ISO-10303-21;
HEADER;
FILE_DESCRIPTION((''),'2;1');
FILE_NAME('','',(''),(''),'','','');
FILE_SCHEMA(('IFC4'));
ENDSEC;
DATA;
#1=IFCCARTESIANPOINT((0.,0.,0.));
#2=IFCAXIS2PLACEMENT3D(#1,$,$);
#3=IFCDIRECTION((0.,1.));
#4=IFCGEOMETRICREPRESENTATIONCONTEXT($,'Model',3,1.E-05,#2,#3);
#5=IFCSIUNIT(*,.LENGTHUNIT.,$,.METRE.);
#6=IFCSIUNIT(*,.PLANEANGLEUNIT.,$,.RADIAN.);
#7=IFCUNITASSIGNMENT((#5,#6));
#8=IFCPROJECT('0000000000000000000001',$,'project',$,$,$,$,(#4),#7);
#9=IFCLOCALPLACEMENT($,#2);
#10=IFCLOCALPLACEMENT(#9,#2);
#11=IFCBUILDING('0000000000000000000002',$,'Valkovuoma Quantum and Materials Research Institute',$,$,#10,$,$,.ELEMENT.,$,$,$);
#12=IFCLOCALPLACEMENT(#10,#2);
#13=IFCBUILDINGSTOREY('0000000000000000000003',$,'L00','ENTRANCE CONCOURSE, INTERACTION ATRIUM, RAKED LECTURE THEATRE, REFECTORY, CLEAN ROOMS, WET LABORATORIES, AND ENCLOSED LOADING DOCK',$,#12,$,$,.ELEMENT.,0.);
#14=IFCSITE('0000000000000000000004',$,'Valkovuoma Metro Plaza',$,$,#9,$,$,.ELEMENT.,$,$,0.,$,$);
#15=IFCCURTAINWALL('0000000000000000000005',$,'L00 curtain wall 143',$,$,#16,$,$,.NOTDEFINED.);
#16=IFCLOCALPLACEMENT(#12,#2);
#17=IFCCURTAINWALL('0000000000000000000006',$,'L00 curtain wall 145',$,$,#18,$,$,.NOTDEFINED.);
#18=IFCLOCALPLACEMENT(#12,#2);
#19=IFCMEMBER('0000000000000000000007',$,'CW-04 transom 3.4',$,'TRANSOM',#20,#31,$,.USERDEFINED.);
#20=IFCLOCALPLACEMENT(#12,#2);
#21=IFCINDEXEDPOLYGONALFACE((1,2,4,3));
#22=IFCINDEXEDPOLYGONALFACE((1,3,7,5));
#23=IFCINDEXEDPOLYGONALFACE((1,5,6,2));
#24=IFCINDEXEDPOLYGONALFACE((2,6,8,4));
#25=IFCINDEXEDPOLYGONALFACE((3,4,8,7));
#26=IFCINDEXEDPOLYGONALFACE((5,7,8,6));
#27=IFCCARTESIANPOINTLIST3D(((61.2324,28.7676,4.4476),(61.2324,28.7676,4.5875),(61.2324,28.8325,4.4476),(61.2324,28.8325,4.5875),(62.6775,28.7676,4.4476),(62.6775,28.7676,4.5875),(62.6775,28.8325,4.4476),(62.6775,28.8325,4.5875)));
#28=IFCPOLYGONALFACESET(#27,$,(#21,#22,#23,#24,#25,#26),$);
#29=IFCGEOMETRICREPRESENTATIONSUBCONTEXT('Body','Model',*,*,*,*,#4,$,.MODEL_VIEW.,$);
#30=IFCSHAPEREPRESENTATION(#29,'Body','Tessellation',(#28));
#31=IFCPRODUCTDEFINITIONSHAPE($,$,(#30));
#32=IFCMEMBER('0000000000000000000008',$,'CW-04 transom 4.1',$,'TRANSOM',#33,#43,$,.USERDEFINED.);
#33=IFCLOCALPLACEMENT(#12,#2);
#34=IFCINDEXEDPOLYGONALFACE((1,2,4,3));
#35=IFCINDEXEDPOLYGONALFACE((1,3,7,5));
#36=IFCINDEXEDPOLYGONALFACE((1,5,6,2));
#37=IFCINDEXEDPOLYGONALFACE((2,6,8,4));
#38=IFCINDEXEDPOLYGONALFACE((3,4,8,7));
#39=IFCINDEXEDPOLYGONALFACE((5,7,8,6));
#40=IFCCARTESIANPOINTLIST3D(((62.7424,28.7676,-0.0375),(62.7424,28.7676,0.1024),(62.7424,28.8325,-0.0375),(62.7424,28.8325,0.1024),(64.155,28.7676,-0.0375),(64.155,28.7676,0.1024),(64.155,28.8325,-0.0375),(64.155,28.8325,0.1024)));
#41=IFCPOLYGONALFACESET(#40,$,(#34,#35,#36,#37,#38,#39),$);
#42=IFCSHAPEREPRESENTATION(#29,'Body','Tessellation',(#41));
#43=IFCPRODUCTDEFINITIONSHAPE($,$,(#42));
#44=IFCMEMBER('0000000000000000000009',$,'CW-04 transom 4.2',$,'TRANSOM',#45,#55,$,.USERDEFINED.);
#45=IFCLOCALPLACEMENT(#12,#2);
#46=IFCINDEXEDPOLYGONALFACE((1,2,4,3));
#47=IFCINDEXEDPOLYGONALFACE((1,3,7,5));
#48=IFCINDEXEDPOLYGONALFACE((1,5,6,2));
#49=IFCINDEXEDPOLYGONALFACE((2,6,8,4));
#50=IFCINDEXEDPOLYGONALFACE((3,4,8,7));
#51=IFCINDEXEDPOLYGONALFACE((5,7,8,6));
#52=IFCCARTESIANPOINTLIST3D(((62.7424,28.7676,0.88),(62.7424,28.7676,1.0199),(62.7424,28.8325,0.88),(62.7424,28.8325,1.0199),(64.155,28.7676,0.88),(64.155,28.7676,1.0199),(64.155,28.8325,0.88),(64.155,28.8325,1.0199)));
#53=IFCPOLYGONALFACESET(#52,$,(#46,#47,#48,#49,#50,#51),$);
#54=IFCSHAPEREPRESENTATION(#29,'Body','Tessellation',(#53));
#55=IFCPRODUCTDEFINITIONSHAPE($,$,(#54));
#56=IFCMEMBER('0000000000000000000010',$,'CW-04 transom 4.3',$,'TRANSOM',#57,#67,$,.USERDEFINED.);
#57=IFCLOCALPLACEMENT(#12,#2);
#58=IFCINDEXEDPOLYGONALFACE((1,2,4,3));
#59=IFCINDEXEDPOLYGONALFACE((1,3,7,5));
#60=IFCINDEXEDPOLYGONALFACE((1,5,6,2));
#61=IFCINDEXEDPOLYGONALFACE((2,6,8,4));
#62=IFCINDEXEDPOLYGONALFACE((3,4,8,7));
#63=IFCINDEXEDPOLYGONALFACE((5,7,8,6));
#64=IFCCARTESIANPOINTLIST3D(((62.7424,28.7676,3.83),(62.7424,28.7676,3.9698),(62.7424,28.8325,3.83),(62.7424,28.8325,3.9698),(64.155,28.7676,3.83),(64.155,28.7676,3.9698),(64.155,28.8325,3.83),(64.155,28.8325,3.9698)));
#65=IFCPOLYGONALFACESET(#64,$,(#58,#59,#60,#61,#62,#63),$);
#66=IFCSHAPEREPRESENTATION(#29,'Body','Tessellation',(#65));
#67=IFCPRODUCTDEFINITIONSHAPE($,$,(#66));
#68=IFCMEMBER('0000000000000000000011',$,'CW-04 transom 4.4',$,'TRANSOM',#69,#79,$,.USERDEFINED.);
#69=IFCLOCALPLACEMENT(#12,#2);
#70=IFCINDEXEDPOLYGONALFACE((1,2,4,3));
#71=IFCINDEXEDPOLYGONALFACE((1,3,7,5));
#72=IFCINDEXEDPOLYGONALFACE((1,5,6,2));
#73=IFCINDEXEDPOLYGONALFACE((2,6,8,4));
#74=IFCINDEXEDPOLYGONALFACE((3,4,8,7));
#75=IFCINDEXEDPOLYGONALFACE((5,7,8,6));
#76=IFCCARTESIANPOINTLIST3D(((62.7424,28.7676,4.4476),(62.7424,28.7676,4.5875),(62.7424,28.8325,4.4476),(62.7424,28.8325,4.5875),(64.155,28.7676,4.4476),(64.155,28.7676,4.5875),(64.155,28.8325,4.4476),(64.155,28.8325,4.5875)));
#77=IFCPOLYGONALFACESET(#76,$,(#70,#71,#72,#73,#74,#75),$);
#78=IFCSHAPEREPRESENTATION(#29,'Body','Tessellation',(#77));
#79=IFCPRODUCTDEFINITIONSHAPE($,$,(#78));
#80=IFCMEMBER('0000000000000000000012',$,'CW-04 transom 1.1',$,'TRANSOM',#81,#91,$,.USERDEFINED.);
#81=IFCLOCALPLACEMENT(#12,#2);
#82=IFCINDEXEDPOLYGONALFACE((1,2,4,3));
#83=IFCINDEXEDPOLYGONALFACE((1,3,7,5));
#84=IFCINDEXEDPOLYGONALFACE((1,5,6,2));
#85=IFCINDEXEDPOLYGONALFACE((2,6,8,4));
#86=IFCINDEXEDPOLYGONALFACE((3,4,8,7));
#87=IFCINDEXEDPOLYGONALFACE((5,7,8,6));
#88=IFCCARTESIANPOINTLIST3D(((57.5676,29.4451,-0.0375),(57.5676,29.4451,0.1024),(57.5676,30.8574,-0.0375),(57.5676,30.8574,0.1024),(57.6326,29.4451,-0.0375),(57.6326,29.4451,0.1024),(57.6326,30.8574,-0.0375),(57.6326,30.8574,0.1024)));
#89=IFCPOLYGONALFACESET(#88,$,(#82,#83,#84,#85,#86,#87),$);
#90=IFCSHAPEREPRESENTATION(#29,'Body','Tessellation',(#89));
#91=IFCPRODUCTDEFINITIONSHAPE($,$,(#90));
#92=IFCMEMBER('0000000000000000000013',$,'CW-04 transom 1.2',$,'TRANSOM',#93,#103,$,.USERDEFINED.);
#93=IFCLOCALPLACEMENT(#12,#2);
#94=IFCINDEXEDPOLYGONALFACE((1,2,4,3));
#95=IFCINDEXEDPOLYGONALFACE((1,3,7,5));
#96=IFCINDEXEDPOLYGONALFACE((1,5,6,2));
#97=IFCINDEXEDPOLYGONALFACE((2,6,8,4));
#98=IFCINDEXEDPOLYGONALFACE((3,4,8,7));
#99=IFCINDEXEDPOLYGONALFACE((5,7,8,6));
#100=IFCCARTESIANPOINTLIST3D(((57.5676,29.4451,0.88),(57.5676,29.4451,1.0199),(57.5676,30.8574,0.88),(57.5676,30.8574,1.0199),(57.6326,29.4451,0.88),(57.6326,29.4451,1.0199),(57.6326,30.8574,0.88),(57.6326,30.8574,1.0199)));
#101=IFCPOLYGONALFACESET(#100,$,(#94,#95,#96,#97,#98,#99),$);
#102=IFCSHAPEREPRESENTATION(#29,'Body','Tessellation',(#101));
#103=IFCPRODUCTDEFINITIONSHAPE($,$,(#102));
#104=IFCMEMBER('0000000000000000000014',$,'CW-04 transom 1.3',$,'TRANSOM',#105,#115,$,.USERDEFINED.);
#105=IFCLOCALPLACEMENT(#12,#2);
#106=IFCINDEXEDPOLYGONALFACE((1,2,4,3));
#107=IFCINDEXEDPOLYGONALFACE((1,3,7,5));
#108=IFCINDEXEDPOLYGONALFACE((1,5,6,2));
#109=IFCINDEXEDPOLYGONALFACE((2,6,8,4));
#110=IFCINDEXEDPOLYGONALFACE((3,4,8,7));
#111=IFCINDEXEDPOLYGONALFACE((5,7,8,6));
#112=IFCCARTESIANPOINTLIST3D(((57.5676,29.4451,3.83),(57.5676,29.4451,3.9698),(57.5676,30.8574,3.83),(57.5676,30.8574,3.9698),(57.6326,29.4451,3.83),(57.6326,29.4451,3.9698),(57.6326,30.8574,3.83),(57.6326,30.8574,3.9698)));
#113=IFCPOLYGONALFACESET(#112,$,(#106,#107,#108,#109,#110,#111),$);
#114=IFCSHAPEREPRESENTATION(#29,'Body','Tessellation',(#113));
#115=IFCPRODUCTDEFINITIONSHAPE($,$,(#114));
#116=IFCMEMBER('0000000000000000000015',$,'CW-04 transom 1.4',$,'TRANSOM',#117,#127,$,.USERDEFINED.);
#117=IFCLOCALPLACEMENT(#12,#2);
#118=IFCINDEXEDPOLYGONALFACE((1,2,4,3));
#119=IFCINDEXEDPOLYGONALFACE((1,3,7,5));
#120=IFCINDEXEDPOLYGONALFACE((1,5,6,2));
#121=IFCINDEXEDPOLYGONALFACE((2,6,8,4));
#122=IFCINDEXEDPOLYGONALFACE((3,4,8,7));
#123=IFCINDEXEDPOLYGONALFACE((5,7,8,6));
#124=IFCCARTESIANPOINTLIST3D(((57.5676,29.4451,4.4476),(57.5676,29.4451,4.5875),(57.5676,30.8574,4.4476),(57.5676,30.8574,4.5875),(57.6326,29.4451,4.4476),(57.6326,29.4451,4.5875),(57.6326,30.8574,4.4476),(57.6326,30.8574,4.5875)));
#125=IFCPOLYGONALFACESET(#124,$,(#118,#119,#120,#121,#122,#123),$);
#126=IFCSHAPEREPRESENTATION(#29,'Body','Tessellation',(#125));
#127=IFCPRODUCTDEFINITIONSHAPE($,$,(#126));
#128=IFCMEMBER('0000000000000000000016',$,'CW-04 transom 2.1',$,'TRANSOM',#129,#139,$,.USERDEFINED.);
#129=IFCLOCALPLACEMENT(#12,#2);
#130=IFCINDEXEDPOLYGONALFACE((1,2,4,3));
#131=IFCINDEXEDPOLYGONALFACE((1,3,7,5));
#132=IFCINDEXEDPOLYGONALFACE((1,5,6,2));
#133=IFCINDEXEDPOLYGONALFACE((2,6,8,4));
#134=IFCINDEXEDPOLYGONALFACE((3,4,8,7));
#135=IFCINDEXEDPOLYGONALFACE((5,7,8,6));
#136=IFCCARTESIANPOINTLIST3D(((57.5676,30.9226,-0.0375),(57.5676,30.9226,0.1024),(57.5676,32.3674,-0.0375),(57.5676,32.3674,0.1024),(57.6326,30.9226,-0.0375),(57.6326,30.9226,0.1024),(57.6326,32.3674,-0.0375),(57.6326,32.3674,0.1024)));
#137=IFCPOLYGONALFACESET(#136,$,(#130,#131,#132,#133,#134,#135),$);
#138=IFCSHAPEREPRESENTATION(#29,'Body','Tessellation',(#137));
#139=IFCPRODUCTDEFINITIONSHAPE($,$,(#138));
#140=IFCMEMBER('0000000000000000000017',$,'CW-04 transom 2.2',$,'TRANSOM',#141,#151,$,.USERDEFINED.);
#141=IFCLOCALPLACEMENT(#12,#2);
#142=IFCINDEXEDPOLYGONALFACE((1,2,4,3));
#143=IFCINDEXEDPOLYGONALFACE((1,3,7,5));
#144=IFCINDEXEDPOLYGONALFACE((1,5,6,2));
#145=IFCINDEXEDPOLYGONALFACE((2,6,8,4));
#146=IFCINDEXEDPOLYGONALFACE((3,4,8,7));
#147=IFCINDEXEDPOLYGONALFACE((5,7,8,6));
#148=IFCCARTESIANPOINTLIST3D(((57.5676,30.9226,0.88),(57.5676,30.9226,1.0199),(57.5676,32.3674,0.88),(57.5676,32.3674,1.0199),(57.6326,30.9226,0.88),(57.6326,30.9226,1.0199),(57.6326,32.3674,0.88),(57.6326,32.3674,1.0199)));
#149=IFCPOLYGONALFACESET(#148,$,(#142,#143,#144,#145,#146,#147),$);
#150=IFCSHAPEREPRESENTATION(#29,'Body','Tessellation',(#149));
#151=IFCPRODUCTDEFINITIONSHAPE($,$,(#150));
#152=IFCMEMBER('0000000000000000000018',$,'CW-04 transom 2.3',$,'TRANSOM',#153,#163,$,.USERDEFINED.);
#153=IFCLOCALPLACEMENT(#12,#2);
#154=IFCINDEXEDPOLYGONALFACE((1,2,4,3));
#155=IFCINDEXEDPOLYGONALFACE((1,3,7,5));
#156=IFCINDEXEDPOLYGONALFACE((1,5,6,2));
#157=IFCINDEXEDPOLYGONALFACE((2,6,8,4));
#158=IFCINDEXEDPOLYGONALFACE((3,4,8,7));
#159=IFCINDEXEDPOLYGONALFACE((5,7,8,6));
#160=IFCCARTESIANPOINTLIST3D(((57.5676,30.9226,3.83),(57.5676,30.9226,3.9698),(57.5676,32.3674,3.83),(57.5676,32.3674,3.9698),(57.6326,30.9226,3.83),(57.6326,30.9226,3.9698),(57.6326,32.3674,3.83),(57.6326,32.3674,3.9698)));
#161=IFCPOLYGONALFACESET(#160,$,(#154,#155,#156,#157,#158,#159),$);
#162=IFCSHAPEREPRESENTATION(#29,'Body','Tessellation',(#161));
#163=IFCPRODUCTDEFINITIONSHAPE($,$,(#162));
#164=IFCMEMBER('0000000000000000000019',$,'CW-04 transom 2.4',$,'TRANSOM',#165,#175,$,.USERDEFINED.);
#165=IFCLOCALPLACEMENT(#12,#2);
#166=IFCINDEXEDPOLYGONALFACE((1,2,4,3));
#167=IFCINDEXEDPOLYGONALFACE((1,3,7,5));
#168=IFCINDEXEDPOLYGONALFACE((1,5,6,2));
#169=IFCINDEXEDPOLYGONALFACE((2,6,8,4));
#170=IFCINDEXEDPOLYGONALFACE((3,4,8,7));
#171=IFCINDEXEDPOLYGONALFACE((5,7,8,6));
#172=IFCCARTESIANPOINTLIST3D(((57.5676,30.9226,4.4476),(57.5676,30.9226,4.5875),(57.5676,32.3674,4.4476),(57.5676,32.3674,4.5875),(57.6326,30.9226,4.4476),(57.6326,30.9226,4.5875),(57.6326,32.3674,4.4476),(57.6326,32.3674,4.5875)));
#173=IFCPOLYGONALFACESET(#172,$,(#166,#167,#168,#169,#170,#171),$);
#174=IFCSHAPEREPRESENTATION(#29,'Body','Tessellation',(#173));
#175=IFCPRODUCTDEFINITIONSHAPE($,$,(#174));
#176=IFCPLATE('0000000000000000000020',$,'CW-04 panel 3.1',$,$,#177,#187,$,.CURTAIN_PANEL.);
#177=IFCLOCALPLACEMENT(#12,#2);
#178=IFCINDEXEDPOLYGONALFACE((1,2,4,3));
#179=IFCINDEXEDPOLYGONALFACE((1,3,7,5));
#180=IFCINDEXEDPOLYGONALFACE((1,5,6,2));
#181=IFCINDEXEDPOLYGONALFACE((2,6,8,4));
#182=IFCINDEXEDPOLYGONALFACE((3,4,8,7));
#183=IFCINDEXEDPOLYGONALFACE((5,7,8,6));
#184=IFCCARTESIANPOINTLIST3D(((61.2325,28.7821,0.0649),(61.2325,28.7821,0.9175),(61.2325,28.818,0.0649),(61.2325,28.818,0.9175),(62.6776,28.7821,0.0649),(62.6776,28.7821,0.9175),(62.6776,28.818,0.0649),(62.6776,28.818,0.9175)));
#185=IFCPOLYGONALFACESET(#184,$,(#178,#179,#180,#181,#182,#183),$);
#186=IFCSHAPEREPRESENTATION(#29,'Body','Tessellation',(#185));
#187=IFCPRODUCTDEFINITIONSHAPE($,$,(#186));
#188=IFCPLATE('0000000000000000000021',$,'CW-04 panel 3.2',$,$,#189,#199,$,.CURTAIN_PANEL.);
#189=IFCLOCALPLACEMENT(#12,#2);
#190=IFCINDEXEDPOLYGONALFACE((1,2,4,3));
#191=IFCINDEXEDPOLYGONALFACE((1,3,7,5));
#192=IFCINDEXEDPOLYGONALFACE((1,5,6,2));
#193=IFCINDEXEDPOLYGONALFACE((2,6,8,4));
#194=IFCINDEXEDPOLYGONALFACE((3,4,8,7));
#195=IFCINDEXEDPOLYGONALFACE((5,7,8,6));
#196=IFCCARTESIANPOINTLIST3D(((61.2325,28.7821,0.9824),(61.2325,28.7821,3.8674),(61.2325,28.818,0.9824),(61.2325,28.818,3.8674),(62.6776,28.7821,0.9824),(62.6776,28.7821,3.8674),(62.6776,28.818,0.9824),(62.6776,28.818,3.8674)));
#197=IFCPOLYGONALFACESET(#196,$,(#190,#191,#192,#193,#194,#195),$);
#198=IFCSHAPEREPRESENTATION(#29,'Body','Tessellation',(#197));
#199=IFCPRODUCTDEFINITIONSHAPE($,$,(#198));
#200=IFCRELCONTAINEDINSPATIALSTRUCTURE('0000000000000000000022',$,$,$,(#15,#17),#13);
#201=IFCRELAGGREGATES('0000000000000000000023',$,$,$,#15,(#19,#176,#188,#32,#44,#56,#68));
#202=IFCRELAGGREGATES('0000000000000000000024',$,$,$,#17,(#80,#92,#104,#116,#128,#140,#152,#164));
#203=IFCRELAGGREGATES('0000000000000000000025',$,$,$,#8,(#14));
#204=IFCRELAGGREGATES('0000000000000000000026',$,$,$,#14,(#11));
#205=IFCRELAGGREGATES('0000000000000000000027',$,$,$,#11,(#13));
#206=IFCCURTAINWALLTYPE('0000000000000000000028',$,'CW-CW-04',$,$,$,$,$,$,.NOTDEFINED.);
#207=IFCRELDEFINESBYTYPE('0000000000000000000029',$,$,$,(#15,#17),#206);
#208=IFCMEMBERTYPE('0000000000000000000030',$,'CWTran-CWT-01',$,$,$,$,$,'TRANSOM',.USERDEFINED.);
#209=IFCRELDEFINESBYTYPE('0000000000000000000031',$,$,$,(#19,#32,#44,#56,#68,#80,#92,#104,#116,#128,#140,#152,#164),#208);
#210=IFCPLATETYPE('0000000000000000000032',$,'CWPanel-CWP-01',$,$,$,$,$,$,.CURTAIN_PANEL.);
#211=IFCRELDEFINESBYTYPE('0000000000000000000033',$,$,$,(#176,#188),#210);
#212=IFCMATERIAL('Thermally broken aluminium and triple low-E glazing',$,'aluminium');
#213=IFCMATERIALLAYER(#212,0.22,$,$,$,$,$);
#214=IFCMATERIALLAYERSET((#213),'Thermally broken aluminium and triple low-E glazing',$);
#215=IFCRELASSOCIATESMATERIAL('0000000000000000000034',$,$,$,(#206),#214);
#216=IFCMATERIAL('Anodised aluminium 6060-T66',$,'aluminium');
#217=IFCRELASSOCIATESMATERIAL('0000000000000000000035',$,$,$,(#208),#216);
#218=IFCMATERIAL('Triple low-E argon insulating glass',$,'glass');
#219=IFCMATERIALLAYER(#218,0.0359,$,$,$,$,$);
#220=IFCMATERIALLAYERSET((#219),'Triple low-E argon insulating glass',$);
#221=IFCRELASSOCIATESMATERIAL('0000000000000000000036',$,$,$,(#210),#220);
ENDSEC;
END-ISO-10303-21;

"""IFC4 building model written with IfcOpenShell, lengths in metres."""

from ifc_helpers import new_model, si_unit, direction, frame, origin, origin_2d, place, context, subcontext, project, spatial, rectangle, extrude, material, layer, layer_set, material_profile, profile_set, type_object, element, aggregate, save


model = new_model("IFC4")

# Units and contexts
model_context = context("Model", 3, precision=1e-05, world=origin(), true_north=direction((0.0, 1.0)))
body_context = subcontext(model_context, "Body", "Model", "MODEL_VIEW")
ifc_project = project(units=[si_unit("LENGTHUNIT", "METRE"), si_unit("PLANEANGLEUNIT", "RADIAN")], contexts=[model_context])

# Site, building, storey
site_placement = place(None, origin())
site = spatial("IfcSite", under=ifc_project, at=site_placement, Name="Valkovuoma Metro Plaza", CompositionType="ELEMENT", RefElevation=0.0)
building_placement = place(site_placement, origin())
building = spatial("IfcBuilding", under=site, at=building_placement, Name="Valkovuoma Quantum and Materials Research Institute", CompositionType="ELEMENT")
storey_placement = place(building_placement, origin())
storey = spatial("IfcBuildingStorey", under=building, at=storey_placement, Name="L00", Description="ENTRANCE CONCOURSE, INTERACTION ATRIUM, RAKED LECTURE THEATRE, REFECTORY, CLEAN ROOMS, WET LABORATORIES, AND ENCLOSED LOADING DOCK", CompositionType="ELEMENT", Elevation=0.0)

# Curtain walls
ifc_material_1 = material(Name="Thermally broken aluminium and triple low-E glazing", Category="aluminium")
ifc_layer_1 = layer(ifc_material_1, 0.22)
ifc_layer_set_1 = layer_set([ifc_layer_1], Name="Thermally broken aluminium and triple low-E glazing")
curtain_wall_type = type_object("IfcCurtainWallType", Name="CW-CW-04", PredefinedType="NOTDEFINED", material=ifc_layer_set_1)
curtain_wall_1_placement = place(storey_placement, origin())
curtain_wall_1 = element("IfcCurtainWall", 1, at=curtain_wall_1_placement, inside=storey, type_object=curtain_wall_type, Name="L00 curtain wall 143", PredefinedType="NOTDEFINED")
curtain_wall_2_placement = place(storey_placement, origin())
curtain_wall_2 = element("IfcCurtainWall", 2, at=curtain_wall_2_placement, inside=storey, type_object=curtain_wall_type, Name="L00 curtain wall 145", PredefinedType="NOTDEFINED")

# Members
ifc_material_2 = material(Name="Anodised aluminium 6060-T66", Category="aluminium")
ifc_material_profile_1 = material_profile(ifc_material_2, rectangle(XDim=0.0649, YDim=0.1399, at=origin_2d()), Name="Anodised aluminium 6060-T66")
ifc_profile_set_1 = profile_set([ifc_material_profile_1], Name="Anodised aluminium 6060-T66")
member_type_1 = type_object("IfcMemberType", Name="CWTran-CWT-01", ElementType="TRANSOM", PredefinedType="USERDEFINED", material=ifc_profile_set_1)
member_1_placement = place(storey_placement, frame((61.2324, 28.8, 4.5176), z_axis=(1.0, 0.0, 0.0), x_axis=(0.0, 1.0, 0.0)))
member_1 = element("IfcMember", 3, at=member_1_placement, type_object=member_type_1, Name="CW-04 transom 3.4", ObjectType="TRANSOM", PredefinedType="USERDEFINED", context=body_context, shape_type="SweptSolid", body=[
    extrude(rectangle(XDim=0.0649, YDim=0.1399, at=origin_2d()), origin(), (0.0, 0.0, 1.0), 1.4451),
])
member_2_placement = place(storey_placement, frame((62.7424, 28.8, 0.0325), z_axis=(1.0, 0.0, 0.0), x_axis=(0.0, 1.0, 0.0)))
member_2 = element("IfcMember", 4, at=member_2_placement, type_object=member_type_1, Name="CW-04 transom 4.1", ObjectType="TRANSOM", PredefinedType="USERDEFINED", context=body_context, shape_type="SweptSolid", body=[
    extrude(rectangle(XDim=0.0649, YDim=0.1399, at=origin_2d()), origin(), (0.0, 0.0, 1.0), 1.4126),
])
member_3_placement = place(storey_placement, frame((62.7424, 28.8, 0.95), z_axis=(1.0, 0.0, 0.0), x_axis=(0.0, 1.0, 0.0)))
member_3 = element("IfcMember", 5, at=member_3_placement, type_object=member_type_1, Name="CW-04 transom 4.2", ObjectType="TRANSOM", PredefinedType="USERDEFINED", context=body_context, shape_type="SweptSolid", body=[
    extrude(rectangle(XDim=0.0649, YDim=0.1399, at=origin_2d()), origin(), (0.0, 0.0, 1.0), 1.4126),
])
member_4_placement = place(storey_placement, frame((62.7424, 28.8, 3.8999), z_axis=(1.0, 0.0, 0.0), x_axis=(0.0, 1.0, 0.0)))
member_4 = element("IfcMember", 6, at=member_4_placement, type_object=member_type_1, Name="CW-04 transom 4.3", ObjectType="TRANSOM", PredefinedType="USERDEFINED", context=body_context, shape_type="SweptSolid", body=[
    extrude(rectangle(XDim=0.0649, YDim=0.1399, at=origin_2d()), origin(), (0.0, 0.0, 1.0), 1.4126),
])
member_5_placement = place(storey_placement, frame((62.7424, 28.8, 4.5176), z_axis=(1.0, 0.0, 0.0), x_axis=(0.0, 1.0, 0.0)))
member_5 = element("IfcMember", 7, at=member_5_placement, type_object=member_type_1, Name="CW-04 transom 4.4", ObjectType="TRANSOM", PredefinedType="USERDEFINED", context=body_context, shape_type="SweptSolid", body=[
    extrude(rectangle(XDim=0.0649, YDim=0.1399, at=origin_2d()), origin(), (0.0, 0.0, 1.0), 1.4126),
])
member_6_placement = place(storey_placement, frame((57.6001, 29.4451, 0.0325), z_axis=(0.0, 1.0, 0.0), x_axis=(-1.0, 0.0, 0.0)))
member_6 = element("IfcMember", 8, at=member_6_placement, type_object=member_type_1, Name="CW-04 transom 1.1", ObjectType="TRANSOM", PredefinedType="USERDEFINED", context=body_context, shape_type="SweptSolid", body=[
    extrude(rectangle(XDim=0.0649, YDim=0.1399, at=origin_2d()), origin(), (0.0, 0.0, 1.0), 1.4124),
])
member_7_placement = place(storey_placement, frame((57.6001, 29.4451, 0.95), z_axis=(0.0, 1.0, 0.0), x_axis=(-1.0, 0.0, 0.0)))
member_7 = element("IfcMember", 9, at=member_7_placement, type_object=member_type_1, Name="CW-04 transom 1.2", ObjectType="TRANSOM", PredefinedType="USERDEFINED", context=body_context, shape_type="SweptSolid", body=[
    extrude(rectangle(XDim=0.0649, YDim=0.1399, at=origin_2d()), origin(), (0.0, 0.0, 1.0), 1.4124),
])
member_8_placement = place(storey_placement, frame((57.6001, 29.4451, 3.8999), z_axis=(0.0, 1.0, 0.0), x_axis=(-1.0, 0.0, 0.0)))
member_8 = element("IfcMember", 10, at=member_8_placement, type_object=member_type_1, Name="CW-04 transom 1.3", ObjectType="TRANSOM", PredefinedType="USERDEFINED", context=body_context, shape_type="SweptSolid", body=[
    extrude(rectangle(XDim=0.0649, YDim=0.1399, at=origin_2d()), origin(), (0.0, 0.0, 1.0), 1.4124),
])
member_9_placement = place(storey_placement, frame((57.6001, 29.4451, 4.5176), z_axis=(0.0, 1.0, 0.0), x_axis=(-1.0, 0.0, 0.0)))
member_9 = element("IfcMember", 11, at=member_9_placement, type_object=member_type_1, Name="CW-04 transom 1.4", ObjectType="TRANSOM", PredefinedType="USERDEFINED", context=body_context, shape_type="SweptSolid", body=[
    extrude(rectangle(XDim=0.0649, YDim=0.1399, at=origin_2d()), origin(), (0.0, 0.0, 1.0), 1.4124),
])
member_10_placement = place(storey_placement, frame((57.6001, 30.9226, 0.0325), z_axis=(0.0, 1.0, 0.0), x_axis=(-1.0, 0.0, 0.0)))
member_10 = element("IfcMember", 12, at=member_10_placement, type_object=member_type_1, Name="CW-04 transom 2.1", ObjectType="TRANSOM", PredefinedType="USERDEFINED", context=body_context, shape_type="SweptSolid", body=[
    extrude(rectangle(XDim=0.0649, YDim=0.1399, at=origin_2d()), origin(), (0.0, 0.0, 1.0), 1.4448),
])
member_11_placement = place(storey_placement, frame((57.6001, 30.9226, 0.95), z_axis=(0.0, 1.0, 0.0), x_axis=(-1.0, 0.0, 0.0)))
member_11 = element("IfcMember", 13, at=member_11_placement, type_object=member_type_1, Name="CW-04 transom 2.2", ObjectType="TRANSOM", PredefinedType="USERDEFINED", context=body_context, shape_type="SweptSolid", body=[
    extrude(rectangle(XDim=0.0649, YDim=0.1399, at=origin_2d()), origin(), (0.0, 0.0, 1.0), 1.4448),
])
member_12_placement = place(storey_placement, frame((57.6001, 30.9226, 3.8999), z_axis=(0.0, 1.0, 0.0), x_axis=(-1.0, 0.0, 0.0)))
member_12 = element("IfcMember", 14, at=member_12_placement, type_object=member_type_1, Name="CW-04 transom 2.3", ObjectType="TRANSOM", PredefinedType="USERDEFINED", context=body_context, shape_type="SweptSolid", body=[
    extrude(rectangle(XDim=0.0649, YDim=0.1399, at=origin_2d()), origin(), (0.0, 0.0, 1.0), 1.4448),
])
member_13_placement = place(storey_placement, frame((57.6001, 30.9226, 4.5176), z_axis=(0.0, 1.0, 0.0), x_axis=(-1.0, 0.0, 0.0)))
member_13 = element("IfcMember", 15, at=member_13_placement, type_object=member_type_1, Name="CW-04 transom 2.4", ObjectType="TRANSOM", PredefinedType="USERDEFINED", context=body_context, shape_type="SweptSolid", body=[
    extrude(rectangle(XDim=0.0649, YDim=0.1399, at=origin_2d()), origin(), (0.0, 0.0, 1.0), 1.4448),
])

# Plates
ifc_material_3 = material(Name="Triple low-E argon insulating glass", Category="glass")
ifc_layer_2 = layer(ifc_material_3, 0.0359)
ifc_layer_set_2 = layer_set([ifc_layer_2], Name="Triple low-E argon insulating glass")
plate_type_1 = type_object("IfcPlateType", Name="CWPanel-CWP-01", PredefinedType="CURTAIN_PANEL", material=ifc_layer_set_2)
plate_1_placement = place(storey_placement, frame((61.9551, 28.8, 0.0649), z_axis=(0.0, 0.0, 1.0), x_axis=(1.0, 0.0, 0.0)))
plate_1 = element("IfcPlate", 16, at=plate_1_placement, type_object=plate_type_1, Name="CW-04 panel 3.1", PredefinedType="CURTAIN_PANEL", context=body_context, shape_type="SweptSolid", body=[
    extrude(rectangle(XDim=1.4451, YDim=0.0359, at=origin_2d()), origin(), (0.0, 0.0, 1.0), 0.8525),
])
plate_2_placement = place(storey_placement, frame((61.9551, 28.8, 0.9824), z_axis=(0.0, 0.0, 1.0), x_axis=(1.0, 0.0, 0.0)))
plate_2 = element("IfcPlate", 17, at=plate_2_placement, type_object=plate_type_1, Name="CW-04 panel 3.2", PredefinedType="CURTAIN_PANEL", context=body_context, shape_type="SweptSolid", body=[
    extrude(rectangle(XDim=1.4451, YDim=0.0359, at=origin_2d()), origin(), (0.0, 0.0, 1.0), 2.885),
])
aggregate(curtain_wall_1, [member_1, plate_1, plate_2, member_2, member_3, member_4, member_5])
aggregate(curtain_wall_2, [member_6, member_7, member_8, member_9, member_10, member_11, member_12, member_13])

save(model, "model.ifc")
